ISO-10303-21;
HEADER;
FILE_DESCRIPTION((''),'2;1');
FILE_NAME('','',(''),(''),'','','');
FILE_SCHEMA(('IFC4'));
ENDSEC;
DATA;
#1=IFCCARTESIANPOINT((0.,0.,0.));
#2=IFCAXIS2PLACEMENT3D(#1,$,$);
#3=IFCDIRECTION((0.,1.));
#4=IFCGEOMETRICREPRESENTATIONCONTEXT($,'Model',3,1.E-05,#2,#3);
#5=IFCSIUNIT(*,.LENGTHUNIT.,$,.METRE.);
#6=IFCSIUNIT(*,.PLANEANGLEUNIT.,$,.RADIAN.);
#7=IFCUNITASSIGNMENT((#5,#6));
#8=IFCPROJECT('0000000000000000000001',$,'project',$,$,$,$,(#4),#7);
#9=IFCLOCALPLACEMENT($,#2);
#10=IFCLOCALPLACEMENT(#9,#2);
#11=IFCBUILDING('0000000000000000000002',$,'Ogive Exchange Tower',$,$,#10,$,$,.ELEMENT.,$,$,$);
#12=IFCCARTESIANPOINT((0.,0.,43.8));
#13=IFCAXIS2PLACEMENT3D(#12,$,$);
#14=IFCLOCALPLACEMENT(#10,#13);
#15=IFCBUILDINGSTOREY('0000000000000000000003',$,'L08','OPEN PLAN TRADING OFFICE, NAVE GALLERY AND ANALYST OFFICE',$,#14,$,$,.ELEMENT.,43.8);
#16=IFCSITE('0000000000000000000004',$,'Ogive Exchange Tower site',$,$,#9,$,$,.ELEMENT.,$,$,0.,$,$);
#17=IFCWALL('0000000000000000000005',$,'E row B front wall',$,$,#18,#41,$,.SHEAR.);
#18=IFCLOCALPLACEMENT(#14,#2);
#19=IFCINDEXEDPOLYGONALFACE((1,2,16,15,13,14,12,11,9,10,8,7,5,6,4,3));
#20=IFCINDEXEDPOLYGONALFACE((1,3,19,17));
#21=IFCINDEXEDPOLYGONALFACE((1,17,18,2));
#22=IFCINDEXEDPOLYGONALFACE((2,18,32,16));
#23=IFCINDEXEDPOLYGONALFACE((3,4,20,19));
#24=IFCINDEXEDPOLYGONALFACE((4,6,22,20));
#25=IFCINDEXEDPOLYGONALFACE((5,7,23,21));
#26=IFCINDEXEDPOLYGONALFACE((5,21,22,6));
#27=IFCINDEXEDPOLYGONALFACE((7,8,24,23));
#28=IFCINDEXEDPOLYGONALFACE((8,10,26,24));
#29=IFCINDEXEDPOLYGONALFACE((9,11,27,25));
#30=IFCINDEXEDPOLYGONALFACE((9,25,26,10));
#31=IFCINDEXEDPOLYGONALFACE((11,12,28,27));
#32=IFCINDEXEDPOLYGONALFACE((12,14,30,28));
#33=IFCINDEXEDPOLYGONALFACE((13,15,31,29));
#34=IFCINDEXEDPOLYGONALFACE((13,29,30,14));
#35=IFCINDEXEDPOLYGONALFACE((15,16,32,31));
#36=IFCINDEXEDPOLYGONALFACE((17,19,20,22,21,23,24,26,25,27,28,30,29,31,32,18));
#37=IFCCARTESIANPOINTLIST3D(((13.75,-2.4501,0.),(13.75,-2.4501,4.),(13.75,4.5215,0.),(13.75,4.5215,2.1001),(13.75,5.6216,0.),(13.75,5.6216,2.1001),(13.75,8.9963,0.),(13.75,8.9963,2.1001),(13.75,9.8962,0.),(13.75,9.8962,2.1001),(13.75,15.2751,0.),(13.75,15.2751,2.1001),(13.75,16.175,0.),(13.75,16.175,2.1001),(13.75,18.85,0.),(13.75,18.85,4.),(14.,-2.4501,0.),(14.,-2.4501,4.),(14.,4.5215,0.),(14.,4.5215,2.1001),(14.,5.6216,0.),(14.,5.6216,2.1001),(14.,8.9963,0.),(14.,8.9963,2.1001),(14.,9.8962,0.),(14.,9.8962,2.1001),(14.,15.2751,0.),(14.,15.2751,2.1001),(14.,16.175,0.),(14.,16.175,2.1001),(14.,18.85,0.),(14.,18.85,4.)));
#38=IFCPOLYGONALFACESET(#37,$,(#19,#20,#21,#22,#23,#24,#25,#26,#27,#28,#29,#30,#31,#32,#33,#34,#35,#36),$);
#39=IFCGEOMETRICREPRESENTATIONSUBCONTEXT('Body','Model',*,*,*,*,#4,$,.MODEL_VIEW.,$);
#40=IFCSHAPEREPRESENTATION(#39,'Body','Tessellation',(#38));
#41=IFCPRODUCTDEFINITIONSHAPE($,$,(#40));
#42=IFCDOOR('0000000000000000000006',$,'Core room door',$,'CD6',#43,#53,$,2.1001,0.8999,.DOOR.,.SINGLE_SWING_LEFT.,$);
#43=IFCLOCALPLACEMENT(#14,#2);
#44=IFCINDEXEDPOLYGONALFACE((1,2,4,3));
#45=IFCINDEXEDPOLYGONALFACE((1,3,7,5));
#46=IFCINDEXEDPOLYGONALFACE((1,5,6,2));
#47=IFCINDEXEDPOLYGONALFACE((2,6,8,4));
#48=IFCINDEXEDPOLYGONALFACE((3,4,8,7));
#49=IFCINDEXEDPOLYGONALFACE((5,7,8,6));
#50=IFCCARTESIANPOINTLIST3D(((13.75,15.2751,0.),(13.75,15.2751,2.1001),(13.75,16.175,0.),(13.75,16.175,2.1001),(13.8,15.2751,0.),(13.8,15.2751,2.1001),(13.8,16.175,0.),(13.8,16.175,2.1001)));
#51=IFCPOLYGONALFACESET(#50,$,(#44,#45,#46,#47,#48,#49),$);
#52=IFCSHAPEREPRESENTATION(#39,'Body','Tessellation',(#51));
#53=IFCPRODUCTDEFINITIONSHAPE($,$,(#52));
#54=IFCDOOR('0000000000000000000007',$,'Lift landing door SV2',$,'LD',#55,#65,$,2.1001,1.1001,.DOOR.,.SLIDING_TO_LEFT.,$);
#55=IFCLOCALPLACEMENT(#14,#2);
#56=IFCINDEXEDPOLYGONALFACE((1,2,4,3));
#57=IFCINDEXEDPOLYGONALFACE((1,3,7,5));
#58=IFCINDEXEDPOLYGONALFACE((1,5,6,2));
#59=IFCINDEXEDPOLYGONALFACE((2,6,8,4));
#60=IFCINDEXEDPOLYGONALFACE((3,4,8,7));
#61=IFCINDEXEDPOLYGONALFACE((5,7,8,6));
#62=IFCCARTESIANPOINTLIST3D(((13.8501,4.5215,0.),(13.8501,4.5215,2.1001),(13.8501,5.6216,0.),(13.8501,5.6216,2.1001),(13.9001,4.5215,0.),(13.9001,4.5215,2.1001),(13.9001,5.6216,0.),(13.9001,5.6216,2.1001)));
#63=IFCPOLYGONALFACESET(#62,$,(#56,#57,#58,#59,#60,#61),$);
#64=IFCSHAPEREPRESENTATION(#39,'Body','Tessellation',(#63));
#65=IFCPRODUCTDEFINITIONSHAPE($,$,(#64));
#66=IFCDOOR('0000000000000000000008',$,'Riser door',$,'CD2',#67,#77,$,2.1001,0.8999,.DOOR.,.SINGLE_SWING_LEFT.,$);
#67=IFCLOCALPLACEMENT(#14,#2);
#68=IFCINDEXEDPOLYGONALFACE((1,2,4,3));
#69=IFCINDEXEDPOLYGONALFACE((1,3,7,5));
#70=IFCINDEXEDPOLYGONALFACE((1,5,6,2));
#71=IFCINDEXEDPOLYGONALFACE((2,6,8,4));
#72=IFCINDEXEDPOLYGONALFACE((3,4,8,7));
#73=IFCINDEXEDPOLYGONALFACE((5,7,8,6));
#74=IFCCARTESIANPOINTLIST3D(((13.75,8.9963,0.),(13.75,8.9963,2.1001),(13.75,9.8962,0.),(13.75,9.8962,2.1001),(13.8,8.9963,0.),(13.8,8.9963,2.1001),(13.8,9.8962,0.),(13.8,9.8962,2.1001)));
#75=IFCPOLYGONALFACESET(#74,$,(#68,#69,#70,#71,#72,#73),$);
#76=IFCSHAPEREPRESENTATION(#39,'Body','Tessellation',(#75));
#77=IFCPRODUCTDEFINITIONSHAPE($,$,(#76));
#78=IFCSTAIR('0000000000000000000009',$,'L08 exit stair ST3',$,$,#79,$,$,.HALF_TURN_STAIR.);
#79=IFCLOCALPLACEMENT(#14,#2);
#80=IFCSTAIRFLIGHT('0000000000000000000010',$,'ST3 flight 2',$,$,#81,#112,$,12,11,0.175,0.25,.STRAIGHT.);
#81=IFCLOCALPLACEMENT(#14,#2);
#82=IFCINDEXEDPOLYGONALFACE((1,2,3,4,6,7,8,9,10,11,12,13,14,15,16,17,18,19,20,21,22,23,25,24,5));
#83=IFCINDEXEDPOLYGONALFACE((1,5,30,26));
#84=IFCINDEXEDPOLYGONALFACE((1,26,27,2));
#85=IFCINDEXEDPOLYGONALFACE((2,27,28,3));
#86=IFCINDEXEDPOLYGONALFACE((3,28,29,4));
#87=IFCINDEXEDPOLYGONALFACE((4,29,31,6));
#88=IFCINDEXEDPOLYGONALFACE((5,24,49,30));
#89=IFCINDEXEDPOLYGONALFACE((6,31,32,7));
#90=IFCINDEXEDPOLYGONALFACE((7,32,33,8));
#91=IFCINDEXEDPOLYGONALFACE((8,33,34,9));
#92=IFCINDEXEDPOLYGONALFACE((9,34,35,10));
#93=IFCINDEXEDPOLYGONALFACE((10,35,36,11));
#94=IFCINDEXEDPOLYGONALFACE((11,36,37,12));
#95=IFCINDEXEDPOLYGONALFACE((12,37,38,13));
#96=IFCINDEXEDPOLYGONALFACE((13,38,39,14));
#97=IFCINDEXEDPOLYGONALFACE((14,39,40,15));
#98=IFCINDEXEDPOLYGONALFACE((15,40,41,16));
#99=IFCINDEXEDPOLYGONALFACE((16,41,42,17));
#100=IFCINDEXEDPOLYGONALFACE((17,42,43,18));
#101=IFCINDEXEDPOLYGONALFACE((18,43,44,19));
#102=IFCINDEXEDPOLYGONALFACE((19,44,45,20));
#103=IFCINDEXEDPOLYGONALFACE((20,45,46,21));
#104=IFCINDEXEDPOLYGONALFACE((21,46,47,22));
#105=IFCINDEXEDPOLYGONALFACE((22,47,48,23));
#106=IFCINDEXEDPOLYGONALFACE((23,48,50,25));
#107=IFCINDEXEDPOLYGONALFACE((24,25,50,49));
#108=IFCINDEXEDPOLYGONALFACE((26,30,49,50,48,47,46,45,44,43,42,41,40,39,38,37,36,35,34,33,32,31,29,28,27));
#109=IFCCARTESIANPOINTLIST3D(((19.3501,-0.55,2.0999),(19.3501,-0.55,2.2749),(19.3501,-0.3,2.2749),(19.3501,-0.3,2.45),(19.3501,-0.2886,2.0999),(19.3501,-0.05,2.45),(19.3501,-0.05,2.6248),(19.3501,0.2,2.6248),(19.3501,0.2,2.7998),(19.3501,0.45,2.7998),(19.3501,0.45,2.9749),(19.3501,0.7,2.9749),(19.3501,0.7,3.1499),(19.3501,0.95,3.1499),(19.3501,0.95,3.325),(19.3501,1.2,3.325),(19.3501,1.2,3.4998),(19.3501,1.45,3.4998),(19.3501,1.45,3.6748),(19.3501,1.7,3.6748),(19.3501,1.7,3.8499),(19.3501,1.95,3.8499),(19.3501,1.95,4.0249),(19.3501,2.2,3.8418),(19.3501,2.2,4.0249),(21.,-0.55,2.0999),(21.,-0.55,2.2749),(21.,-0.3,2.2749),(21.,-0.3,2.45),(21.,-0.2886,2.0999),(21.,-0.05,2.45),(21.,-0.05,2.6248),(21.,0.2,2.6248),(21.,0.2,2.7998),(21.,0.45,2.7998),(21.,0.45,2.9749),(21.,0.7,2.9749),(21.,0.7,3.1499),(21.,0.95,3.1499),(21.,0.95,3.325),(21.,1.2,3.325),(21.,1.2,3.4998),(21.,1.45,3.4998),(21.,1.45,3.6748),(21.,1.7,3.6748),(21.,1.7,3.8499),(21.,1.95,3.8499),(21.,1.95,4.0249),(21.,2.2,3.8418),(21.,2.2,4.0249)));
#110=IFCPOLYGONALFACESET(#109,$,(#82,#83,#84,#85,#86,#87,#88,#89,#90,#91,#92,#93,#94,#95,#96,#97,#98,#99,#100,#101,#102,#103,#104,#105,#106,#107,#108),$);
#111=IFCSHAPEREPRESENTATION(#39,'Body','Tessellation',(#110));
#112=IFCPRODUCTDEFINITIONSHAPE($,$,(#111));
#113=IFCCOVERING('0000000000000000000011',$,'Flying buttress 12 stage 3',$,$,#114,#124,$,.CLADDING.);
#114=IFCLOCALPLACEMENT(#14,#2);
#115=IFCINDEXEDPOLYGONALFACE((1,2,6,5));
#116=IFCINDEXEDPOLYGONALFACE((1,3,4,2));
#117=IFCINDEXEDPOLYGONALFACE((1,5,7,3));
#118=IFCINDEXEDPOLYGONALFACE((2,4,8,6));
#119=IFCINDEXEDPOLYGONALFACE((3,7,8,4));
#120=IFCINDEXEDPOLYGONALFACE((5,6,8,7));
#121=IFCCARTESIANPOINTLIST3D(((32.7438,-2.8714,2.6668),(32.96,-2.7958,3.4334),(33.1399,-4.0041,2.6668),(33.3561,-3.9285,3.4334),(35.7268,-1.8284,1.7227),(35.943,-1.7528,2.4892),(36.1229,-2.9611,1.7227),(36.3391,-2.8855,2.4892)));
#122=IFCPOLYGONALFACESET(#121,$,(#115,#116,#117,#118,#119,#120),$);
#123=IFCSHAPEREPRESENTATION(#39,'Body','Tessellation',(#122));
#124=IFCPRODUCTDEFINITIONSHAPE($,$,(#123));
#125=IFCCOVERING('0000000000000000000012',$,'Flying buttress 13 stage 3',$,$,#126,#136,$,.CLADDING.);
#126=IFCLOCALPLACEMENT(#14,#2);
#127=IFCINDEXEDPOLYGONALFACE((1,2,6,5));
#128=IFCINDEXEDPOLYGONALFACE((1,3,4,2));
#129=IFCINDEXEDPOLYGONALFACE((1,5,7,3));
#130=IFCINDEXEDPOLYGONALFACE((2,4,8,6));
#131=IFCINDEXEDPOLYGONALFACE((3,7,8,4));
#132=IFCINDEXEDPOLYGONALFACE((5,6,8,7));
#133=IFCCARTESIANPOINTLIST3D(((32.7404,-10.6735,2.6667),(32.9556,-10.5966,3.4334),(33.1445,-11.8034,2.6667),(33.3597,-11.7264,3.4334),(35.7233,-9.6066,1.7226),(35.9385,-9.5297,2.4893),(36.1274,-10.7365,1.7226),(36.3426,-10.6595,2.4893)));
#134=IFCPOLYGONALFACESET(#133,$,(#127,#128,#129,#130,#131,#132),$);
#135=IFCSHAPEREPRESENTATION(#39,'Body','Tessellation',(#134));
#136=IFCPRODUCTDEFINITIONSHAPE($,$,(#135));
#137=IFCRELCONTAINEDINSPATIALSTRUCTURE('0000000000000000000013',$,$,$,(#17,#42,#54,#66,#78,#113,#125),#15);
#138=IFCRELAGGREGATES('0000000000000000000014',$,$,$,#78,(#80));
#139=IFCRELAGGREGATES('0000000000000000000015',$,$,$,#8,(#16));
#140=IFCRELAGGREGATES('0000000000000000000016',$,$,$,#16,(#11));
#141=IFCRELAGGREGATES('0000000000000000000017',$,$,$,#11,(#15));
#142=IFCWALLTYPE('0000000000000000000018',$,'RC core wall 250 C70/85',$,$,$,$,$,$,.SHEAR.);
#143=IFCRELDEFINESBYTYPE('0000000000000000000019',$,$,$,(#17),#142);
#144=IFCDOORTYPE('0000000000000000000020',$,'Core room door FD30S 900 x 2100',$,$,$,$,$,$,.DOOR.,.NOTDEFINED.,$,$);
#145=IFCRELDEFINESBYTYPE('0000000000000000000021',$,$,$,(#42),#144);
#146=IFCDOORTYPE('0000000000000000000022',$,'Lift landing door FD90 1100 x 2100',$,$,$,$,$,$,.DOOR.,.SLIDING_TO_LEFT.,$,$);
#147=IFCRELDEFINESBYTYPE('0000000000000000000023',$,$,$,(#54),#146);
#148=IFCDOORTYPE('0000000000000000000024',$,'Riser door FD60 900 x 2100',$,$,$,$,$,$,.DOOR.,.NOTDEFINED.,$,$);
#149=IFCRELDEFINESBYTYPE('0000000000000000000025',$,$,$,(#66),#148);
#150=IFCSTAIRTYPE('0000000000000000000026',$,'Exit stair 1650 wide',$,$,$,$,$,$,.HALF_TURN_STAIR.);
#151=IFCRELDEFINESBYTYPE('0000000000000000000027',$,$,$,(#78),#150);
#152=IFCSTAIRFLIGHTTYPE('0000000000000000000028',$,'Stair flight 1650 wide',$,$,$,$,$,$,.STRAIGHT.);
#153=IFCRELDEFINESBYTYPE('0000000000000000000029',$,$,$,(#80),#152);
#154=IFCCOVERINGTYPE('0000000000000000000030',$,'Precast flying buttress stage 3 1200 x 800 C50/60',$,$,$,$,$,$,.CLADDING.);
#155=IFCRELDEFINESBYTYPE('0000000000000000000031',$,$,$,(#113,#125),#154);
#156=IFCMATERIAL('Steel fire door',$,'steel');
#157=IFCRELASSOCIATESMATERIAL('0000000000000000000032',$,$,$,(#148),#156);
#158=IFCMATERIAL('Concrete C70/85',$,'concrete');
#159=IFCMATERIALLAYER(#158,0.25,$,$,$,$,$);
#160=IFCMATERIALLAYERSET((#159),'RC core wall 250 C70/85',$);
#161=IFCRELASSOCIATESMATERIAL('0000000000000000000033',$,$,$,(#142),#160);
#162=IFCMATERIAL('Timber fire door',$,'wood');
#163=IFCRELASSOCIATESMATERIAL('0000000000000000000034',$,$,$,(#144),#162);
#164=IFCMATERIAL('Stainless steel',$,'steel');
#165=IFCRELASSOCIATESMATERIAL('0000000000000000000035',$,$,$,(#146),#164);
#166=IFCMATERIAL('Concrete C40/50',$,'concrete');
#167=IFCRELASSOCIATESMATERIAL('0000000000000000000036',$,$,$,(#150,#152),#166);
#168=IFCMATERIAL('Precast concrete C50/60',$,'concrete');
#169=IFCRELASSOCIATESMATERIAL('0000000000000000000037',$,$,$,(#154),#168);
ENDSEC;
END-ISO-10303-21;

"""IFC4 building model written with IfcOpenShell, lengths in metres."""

from ifc_helpers import new_model, si_unit, direction, frame, frame_2d, origin, origin_2d, place, context, subcontext, project, spatial, polyline, rectangle, outline, extrude, material, layer, layer_set, material_profile, profile_set, type_object, element, fill, aggregate, save


model = new_model("IFC4")

# Units and contexts
model_context = context("Model", 3, precision=1e-05, world=origin(), true_north=direction((0.0, 1.0)))
body_context = subcontext(model_context, "Body", "Model", "MODEL_VIEW")
ifc_project = project(units=[si_unit("LENGTHUNIT", "METRE"), si_unit("PLANEANGLEUNIT", "RADIAN")], contexts=[model_context])

# Site, building, storey
site_placement = place(None, origin())
site = spatial("IfcSite", under=ifc_project, at=site_placement, Name="Ogive Exchange Tower site", CompositionType="ELEMENT", RefElevation=0.0)
building_placement = place(site_placement, origin())
building = spatial("IfcBuilding", under=site, at=building_placement, Name="Ogive Exchange Tower", CompositionType="ELEMENT")
storey_placement = place(building_placement, frame((0.0, 0.0, 43.8)))
storey = spatial("IfcBuildingStorey", under=building, at=storey_placement, Name="L08", Description="OPEN PLAN TRADING OFFICE, NAVE GALLERY AND ANALYST OFFICE", CompositionType="ELEMENT", Elevation=43.8)

# Shared definitions
ifc_material_1 = material(Name="Concrete C70/85", Category="concrete")
ifc_material_2 = material(Name="Steel fire door", Category="steel")

# Shared definitions
door_type_1 = type_object("IfcDoorType", Name="Riser door FD60 900 x 2100", OperationType="NOTDEFINED", PredefinedType="DOOR", material=ifc_material_2)
ifc_layer_1 = layer(ifc_material_1, 0.25)
ifc_layer_set_1 = layer_set([ifc_layer_1], Name="RC core wall 250 C70/85")
wall_type_1 = type_object("IfcWallType", Name="RC core wall 250 C70/85", PredefinedType="SHEAR", material=ifc_layer_set_1)

# Wall, openings, doors
wall_1_placement = place(storey_placement, frame((13.875, -2.45, 0.0), z_axis=(0.0, 0.0, 1.0), x_axis=(0.0, 1.0, 0.0)))
wall_1 = element("IfcWall", 1, at=wall_1_placement, inside=storey, type_object=wall_type_1, Name="E row B front wall", PredefinedType="SHEAR", context=body_context, shape_type="SweptSolid", body=[
    extrude(rectangle(XDim=21.3, YDim=0.25, at=frame_2d((10.6499, 0.0))), origin(), (0.0, 0.0, 1.0), 4.0),
])
opening_1_placement = place(wall_1_placement, frame((11.4463, 0.0, 0.0)))
opening_1 = element("IfcOpeningElement", 2, at=opening_1_placement, cuts=wall_1, PredefinedType="OPENING", context=body_context, shape_type="SweptSolid", body=[
    extrude(rectangle(XDim=0.8999, YDim=2.1001, at=frame_2d((0.45, 1.05))), frame((0.0, 0.135, 0.0), z_axis=(0.0, -1.0, 0.0), x_axis=(1.0, 0.0, 0.0)), (0.0, 0.0, 1.0), 0.27),
])
opening_2_placement = place(wall_1_placement, frame((17.7251, 0.0, 0.0)))
opening_2 = element("IfcOpeningElement", 3, at=opening_2_placement, cuts=wall_1, PredefinedType="OPENING", context=body_context, shape_type="SweptSolid", body=[
    extrude(rectangle(XDim=0.8999, YDim=2.1001, at=frame_2d((0.45, 1.05))), frame((0.0, 0.135, 0.0), z_axis=(0.0, -1.0, 0.0), x_axis=(1.0, 0.0, 0.0)), (0.0, 0.0, 1.0), 0.27),
])
opening_3_placement = place(wall_1_placement, frame((6.9714, 0.0, 0.0)))
opening_3 = element("IfcOpeningElement", 4, at=opening_3_placement, cuts=wall_1, PredefinedType="OPENING", context=body_context, shape_type="SweptSolid", body=[
    extrude(rectangle(XDim=1.1001, YDim=2.1001, at=frame_2d((0.55, 1.05))), frame((0.0, 0.135, 0.0), z_axis=(0.0, -1.0, 0.0), x_axis=(1.0, 0.0, 0.0)), (0.0, 0.0, 1.0), 0.27),
])
ifc_material_3 = material(Name="Timber fire door", Category="wood")
door_type_2 = type_object("IfcDoorType", Name="Core room door FD30S 900 x 2100", OperationType="NOTDEFINED", PredefinedType="DOOR", material=ifc_material_3)
door_1_placement = place(opening_2_placement, origin())
door_1 = element("IfcDoor", 5, at=door_1_placement, inside=storey, type_object=door_type_2, Name="Core room door", ObjectType="CD6", OperationType="SINGLE_SWING_LEFT", OverallHeight=2.1001, OverallWidth=0.8999, PredefinedType="DOOR", context=body_context, shape_type="SweptSolid", body=[
    extrude(rectangle(XDim=0.8999, YDim=2.1001, at=frame_2d((0.45, 1.05))), frame((0.0, 0.125, 0.0), z_axis=(0.0, -1.0, 0.0), x_axis=(1.0, 0.0, 0.0)), (0.0, 0.0, 1.0), 0.05),
])
fill(opening_2, door_1)
ifc_material_4 = material(Name="Stainless steel", Category="steel")
door_type_3 = type_object("IfcDoorType", Name="Lift landing door FD90 1100 x 2100", OperationType="SLIDING_TO_LEFT", PredefinedType="DOOR", material=ifc_material_4)
door_2_placement = place(opening_3_placement, origin())
door_2 = element("IfcDoor", 6, at=door_2_placement, inside=storey, type_object=door_type_3, Name="Lift landing door SV2", ObjectType="LD", OperationType="SLIDING_TO_LEFT", OverallHeight=2.1001, OverallWidth=1.1001, PredefinedType="DOOR", context=body_context, shape_type="SweptSolid", body=[
    extrude(rectangle(XDim=1.1001, YDim=2.1001, at=frame_2d((0.55, 1.05))), frame((0.0, 0.0249, 0.0), z_axis=(0.0, -1.0, 0.0), x_axis=(1.0, 0.0, 0.0)), (0.0, 0.0, 1.0), 0.05),
])
fill(opening_3, door_2)
door_3_placement = place(opening_1_placement, origin())
door_3 = element("IfcDoor", 7, at=door_3_placement, inside=storey, type_object=door_type_1, Name="Riser door", ObjectType="CD2", OperationType="SINGLE_SWING_LEFT", OverallHeight=2.1001, OverallWidth=0.8999, PredefinedType="DOOR", context=body_context, shape_type="SweptSolid", body=[
    extrude(rectangle(XDim=0.8999, YDim=2.1001, at=frame_2d((0.45, 1.05))), frame((0.0, 0.125, 0.0), z_axis=(0.0, -1.0, 0.0), x_axis=(1.0, 0.0, 0.0)), (0.0, 0.0, 1.0), 0.05),
])
fill(opening_1, door_3)

# Stair, stair flight
ifc_material_5 = material(Name="Concrete C40/50", Category="concrete")
stair_type = type_object("IfcStairType", Name="Exit stair 1650 wide", PredefinedType="HALF_TURN_STAIR", material=ifc_material_5)
stair_placement = place(storey_placement, origin())
stair = element("IfcStair", 8, at=stair_placement, inside=storey, type_object=stair_type, Name="L08 exit stair ST3", PredefinedType="HALF_TURN_STAIR")
stair_flight_type = type_object("IfcStairFlightType", Name="Stair flight 1650 wide", PredefinedType="STRAIGHT", material=ifc_material_5)
stair_flight_placement = place(storey_placement, frame((20.175, -0.55, 2.0999), z_axis=(0.0, 0.0, 1.0), x_axis=(0.0, 1.0, 0.0)))
stair_flight = element("IfcStairFlight", 9, at=stair_flight_placement, type_object=stair_flight_type, Name="ST3 flight 2", NumberOfRisers=12, NumberOfTreads=11, PredefinedType="STRAIGHT", RiserHeight=0.175, TreadLength=0.25, context=body_context, shape_type="SweptSolid", body=[
    extrude(outline(polyline([(0.0, 0.0), (0.0, 0.175), (0.25, 0.175), (0.25, 0.3501), (0.5, 0.3501), (0.5, 0.5249), (0.75, 0.5249), (0.75, 0.7), (1.0, 0.7), (1.0, 0.875), (1.25, 0.875), (1.25, 1.05), (1.5, 1.05), (1.5, 1.2251), (1.75, 1.2251), (1.75, 1.3999), (2.0, 1.3999), (2.0, 1.575), (2.25, 1.575), (2.25, 1.75), (2.5, 1.75), (2.5, 1.925), (2.75, 1.925), (2.75, 2.1001), (2.75, 1.7419), (0.2615, 0.0), (0.0, 0.0)])), frame((0.0, 0.825, 0.0), z_axis=(0.0, -1.0, 0.0), x_axis=(1.0, 0.0, 0.0)), (0.0, 0.0, 1.0), 1.6499),
])
aggregate(stair, [stair_flight])

# Coverings
ifc_material_6 = material(Name="Precast concrete C50/60", Category="concrete")
ifc_material_profile_1 = material_profile(ifc_material_6, rectangle(XDim=1.2, YDim=0.8, at=origin_2d()), Name="FLYING BUTTRESS 3 1200 x 800")
ifc_profile_set_1 = profile_set([ifc_material_profile_1], Name="Precast concrete C50/60")
covering_type = type_object("IfcCoveringType", Name="Precast flying buttress stage 3 1200 x 800 C50/60", PredefinedType="CLADDING", material=ifc_profile_set_1)
covering_1_placement = place(storey_placement, frame((36.033, -2.3569, 2.106), z_axis=(-0.904459, -0.316242, 0.286261), x_axis=(0.330054, -0.943962, 0.0)))
element("IfcCovering", 10, at=covering_1_placement, inside=storey, type_object=covering_type, Name="Flying buttress 12 stage 3", PredefinedType="CLADDING", context=body_context, shape_type="SweptSolid", body=[
    extrude(rectangle(XDim=1.2, YDim=0.8, at=origin_2d()), origin(), (0.0, 0.0, 1.0), 3.2981),
])
covering_2_placement = place(storey_placement, frame((36.033, -10.1331, 2.106), z_axis=(-0.902367, -0.322749, 0.285599), x_axis=(0.336776, -0.941585, 0.0)))
element("IfcCovering", 11, at=covering_2_placement, inside=storey, type_object=covering_type, Name="Flying buttress 13 stage 3", PredefinedType="CLADDING", context=body_context, shape_type="SweptSolid", body=[
    extrude(rectangle(XDim=1.2, YDim=0.8, at=origin_2d()), origin(), (0.0, 0.0, 1.0), 3.3057),
])

save(model, "model.ifc")
